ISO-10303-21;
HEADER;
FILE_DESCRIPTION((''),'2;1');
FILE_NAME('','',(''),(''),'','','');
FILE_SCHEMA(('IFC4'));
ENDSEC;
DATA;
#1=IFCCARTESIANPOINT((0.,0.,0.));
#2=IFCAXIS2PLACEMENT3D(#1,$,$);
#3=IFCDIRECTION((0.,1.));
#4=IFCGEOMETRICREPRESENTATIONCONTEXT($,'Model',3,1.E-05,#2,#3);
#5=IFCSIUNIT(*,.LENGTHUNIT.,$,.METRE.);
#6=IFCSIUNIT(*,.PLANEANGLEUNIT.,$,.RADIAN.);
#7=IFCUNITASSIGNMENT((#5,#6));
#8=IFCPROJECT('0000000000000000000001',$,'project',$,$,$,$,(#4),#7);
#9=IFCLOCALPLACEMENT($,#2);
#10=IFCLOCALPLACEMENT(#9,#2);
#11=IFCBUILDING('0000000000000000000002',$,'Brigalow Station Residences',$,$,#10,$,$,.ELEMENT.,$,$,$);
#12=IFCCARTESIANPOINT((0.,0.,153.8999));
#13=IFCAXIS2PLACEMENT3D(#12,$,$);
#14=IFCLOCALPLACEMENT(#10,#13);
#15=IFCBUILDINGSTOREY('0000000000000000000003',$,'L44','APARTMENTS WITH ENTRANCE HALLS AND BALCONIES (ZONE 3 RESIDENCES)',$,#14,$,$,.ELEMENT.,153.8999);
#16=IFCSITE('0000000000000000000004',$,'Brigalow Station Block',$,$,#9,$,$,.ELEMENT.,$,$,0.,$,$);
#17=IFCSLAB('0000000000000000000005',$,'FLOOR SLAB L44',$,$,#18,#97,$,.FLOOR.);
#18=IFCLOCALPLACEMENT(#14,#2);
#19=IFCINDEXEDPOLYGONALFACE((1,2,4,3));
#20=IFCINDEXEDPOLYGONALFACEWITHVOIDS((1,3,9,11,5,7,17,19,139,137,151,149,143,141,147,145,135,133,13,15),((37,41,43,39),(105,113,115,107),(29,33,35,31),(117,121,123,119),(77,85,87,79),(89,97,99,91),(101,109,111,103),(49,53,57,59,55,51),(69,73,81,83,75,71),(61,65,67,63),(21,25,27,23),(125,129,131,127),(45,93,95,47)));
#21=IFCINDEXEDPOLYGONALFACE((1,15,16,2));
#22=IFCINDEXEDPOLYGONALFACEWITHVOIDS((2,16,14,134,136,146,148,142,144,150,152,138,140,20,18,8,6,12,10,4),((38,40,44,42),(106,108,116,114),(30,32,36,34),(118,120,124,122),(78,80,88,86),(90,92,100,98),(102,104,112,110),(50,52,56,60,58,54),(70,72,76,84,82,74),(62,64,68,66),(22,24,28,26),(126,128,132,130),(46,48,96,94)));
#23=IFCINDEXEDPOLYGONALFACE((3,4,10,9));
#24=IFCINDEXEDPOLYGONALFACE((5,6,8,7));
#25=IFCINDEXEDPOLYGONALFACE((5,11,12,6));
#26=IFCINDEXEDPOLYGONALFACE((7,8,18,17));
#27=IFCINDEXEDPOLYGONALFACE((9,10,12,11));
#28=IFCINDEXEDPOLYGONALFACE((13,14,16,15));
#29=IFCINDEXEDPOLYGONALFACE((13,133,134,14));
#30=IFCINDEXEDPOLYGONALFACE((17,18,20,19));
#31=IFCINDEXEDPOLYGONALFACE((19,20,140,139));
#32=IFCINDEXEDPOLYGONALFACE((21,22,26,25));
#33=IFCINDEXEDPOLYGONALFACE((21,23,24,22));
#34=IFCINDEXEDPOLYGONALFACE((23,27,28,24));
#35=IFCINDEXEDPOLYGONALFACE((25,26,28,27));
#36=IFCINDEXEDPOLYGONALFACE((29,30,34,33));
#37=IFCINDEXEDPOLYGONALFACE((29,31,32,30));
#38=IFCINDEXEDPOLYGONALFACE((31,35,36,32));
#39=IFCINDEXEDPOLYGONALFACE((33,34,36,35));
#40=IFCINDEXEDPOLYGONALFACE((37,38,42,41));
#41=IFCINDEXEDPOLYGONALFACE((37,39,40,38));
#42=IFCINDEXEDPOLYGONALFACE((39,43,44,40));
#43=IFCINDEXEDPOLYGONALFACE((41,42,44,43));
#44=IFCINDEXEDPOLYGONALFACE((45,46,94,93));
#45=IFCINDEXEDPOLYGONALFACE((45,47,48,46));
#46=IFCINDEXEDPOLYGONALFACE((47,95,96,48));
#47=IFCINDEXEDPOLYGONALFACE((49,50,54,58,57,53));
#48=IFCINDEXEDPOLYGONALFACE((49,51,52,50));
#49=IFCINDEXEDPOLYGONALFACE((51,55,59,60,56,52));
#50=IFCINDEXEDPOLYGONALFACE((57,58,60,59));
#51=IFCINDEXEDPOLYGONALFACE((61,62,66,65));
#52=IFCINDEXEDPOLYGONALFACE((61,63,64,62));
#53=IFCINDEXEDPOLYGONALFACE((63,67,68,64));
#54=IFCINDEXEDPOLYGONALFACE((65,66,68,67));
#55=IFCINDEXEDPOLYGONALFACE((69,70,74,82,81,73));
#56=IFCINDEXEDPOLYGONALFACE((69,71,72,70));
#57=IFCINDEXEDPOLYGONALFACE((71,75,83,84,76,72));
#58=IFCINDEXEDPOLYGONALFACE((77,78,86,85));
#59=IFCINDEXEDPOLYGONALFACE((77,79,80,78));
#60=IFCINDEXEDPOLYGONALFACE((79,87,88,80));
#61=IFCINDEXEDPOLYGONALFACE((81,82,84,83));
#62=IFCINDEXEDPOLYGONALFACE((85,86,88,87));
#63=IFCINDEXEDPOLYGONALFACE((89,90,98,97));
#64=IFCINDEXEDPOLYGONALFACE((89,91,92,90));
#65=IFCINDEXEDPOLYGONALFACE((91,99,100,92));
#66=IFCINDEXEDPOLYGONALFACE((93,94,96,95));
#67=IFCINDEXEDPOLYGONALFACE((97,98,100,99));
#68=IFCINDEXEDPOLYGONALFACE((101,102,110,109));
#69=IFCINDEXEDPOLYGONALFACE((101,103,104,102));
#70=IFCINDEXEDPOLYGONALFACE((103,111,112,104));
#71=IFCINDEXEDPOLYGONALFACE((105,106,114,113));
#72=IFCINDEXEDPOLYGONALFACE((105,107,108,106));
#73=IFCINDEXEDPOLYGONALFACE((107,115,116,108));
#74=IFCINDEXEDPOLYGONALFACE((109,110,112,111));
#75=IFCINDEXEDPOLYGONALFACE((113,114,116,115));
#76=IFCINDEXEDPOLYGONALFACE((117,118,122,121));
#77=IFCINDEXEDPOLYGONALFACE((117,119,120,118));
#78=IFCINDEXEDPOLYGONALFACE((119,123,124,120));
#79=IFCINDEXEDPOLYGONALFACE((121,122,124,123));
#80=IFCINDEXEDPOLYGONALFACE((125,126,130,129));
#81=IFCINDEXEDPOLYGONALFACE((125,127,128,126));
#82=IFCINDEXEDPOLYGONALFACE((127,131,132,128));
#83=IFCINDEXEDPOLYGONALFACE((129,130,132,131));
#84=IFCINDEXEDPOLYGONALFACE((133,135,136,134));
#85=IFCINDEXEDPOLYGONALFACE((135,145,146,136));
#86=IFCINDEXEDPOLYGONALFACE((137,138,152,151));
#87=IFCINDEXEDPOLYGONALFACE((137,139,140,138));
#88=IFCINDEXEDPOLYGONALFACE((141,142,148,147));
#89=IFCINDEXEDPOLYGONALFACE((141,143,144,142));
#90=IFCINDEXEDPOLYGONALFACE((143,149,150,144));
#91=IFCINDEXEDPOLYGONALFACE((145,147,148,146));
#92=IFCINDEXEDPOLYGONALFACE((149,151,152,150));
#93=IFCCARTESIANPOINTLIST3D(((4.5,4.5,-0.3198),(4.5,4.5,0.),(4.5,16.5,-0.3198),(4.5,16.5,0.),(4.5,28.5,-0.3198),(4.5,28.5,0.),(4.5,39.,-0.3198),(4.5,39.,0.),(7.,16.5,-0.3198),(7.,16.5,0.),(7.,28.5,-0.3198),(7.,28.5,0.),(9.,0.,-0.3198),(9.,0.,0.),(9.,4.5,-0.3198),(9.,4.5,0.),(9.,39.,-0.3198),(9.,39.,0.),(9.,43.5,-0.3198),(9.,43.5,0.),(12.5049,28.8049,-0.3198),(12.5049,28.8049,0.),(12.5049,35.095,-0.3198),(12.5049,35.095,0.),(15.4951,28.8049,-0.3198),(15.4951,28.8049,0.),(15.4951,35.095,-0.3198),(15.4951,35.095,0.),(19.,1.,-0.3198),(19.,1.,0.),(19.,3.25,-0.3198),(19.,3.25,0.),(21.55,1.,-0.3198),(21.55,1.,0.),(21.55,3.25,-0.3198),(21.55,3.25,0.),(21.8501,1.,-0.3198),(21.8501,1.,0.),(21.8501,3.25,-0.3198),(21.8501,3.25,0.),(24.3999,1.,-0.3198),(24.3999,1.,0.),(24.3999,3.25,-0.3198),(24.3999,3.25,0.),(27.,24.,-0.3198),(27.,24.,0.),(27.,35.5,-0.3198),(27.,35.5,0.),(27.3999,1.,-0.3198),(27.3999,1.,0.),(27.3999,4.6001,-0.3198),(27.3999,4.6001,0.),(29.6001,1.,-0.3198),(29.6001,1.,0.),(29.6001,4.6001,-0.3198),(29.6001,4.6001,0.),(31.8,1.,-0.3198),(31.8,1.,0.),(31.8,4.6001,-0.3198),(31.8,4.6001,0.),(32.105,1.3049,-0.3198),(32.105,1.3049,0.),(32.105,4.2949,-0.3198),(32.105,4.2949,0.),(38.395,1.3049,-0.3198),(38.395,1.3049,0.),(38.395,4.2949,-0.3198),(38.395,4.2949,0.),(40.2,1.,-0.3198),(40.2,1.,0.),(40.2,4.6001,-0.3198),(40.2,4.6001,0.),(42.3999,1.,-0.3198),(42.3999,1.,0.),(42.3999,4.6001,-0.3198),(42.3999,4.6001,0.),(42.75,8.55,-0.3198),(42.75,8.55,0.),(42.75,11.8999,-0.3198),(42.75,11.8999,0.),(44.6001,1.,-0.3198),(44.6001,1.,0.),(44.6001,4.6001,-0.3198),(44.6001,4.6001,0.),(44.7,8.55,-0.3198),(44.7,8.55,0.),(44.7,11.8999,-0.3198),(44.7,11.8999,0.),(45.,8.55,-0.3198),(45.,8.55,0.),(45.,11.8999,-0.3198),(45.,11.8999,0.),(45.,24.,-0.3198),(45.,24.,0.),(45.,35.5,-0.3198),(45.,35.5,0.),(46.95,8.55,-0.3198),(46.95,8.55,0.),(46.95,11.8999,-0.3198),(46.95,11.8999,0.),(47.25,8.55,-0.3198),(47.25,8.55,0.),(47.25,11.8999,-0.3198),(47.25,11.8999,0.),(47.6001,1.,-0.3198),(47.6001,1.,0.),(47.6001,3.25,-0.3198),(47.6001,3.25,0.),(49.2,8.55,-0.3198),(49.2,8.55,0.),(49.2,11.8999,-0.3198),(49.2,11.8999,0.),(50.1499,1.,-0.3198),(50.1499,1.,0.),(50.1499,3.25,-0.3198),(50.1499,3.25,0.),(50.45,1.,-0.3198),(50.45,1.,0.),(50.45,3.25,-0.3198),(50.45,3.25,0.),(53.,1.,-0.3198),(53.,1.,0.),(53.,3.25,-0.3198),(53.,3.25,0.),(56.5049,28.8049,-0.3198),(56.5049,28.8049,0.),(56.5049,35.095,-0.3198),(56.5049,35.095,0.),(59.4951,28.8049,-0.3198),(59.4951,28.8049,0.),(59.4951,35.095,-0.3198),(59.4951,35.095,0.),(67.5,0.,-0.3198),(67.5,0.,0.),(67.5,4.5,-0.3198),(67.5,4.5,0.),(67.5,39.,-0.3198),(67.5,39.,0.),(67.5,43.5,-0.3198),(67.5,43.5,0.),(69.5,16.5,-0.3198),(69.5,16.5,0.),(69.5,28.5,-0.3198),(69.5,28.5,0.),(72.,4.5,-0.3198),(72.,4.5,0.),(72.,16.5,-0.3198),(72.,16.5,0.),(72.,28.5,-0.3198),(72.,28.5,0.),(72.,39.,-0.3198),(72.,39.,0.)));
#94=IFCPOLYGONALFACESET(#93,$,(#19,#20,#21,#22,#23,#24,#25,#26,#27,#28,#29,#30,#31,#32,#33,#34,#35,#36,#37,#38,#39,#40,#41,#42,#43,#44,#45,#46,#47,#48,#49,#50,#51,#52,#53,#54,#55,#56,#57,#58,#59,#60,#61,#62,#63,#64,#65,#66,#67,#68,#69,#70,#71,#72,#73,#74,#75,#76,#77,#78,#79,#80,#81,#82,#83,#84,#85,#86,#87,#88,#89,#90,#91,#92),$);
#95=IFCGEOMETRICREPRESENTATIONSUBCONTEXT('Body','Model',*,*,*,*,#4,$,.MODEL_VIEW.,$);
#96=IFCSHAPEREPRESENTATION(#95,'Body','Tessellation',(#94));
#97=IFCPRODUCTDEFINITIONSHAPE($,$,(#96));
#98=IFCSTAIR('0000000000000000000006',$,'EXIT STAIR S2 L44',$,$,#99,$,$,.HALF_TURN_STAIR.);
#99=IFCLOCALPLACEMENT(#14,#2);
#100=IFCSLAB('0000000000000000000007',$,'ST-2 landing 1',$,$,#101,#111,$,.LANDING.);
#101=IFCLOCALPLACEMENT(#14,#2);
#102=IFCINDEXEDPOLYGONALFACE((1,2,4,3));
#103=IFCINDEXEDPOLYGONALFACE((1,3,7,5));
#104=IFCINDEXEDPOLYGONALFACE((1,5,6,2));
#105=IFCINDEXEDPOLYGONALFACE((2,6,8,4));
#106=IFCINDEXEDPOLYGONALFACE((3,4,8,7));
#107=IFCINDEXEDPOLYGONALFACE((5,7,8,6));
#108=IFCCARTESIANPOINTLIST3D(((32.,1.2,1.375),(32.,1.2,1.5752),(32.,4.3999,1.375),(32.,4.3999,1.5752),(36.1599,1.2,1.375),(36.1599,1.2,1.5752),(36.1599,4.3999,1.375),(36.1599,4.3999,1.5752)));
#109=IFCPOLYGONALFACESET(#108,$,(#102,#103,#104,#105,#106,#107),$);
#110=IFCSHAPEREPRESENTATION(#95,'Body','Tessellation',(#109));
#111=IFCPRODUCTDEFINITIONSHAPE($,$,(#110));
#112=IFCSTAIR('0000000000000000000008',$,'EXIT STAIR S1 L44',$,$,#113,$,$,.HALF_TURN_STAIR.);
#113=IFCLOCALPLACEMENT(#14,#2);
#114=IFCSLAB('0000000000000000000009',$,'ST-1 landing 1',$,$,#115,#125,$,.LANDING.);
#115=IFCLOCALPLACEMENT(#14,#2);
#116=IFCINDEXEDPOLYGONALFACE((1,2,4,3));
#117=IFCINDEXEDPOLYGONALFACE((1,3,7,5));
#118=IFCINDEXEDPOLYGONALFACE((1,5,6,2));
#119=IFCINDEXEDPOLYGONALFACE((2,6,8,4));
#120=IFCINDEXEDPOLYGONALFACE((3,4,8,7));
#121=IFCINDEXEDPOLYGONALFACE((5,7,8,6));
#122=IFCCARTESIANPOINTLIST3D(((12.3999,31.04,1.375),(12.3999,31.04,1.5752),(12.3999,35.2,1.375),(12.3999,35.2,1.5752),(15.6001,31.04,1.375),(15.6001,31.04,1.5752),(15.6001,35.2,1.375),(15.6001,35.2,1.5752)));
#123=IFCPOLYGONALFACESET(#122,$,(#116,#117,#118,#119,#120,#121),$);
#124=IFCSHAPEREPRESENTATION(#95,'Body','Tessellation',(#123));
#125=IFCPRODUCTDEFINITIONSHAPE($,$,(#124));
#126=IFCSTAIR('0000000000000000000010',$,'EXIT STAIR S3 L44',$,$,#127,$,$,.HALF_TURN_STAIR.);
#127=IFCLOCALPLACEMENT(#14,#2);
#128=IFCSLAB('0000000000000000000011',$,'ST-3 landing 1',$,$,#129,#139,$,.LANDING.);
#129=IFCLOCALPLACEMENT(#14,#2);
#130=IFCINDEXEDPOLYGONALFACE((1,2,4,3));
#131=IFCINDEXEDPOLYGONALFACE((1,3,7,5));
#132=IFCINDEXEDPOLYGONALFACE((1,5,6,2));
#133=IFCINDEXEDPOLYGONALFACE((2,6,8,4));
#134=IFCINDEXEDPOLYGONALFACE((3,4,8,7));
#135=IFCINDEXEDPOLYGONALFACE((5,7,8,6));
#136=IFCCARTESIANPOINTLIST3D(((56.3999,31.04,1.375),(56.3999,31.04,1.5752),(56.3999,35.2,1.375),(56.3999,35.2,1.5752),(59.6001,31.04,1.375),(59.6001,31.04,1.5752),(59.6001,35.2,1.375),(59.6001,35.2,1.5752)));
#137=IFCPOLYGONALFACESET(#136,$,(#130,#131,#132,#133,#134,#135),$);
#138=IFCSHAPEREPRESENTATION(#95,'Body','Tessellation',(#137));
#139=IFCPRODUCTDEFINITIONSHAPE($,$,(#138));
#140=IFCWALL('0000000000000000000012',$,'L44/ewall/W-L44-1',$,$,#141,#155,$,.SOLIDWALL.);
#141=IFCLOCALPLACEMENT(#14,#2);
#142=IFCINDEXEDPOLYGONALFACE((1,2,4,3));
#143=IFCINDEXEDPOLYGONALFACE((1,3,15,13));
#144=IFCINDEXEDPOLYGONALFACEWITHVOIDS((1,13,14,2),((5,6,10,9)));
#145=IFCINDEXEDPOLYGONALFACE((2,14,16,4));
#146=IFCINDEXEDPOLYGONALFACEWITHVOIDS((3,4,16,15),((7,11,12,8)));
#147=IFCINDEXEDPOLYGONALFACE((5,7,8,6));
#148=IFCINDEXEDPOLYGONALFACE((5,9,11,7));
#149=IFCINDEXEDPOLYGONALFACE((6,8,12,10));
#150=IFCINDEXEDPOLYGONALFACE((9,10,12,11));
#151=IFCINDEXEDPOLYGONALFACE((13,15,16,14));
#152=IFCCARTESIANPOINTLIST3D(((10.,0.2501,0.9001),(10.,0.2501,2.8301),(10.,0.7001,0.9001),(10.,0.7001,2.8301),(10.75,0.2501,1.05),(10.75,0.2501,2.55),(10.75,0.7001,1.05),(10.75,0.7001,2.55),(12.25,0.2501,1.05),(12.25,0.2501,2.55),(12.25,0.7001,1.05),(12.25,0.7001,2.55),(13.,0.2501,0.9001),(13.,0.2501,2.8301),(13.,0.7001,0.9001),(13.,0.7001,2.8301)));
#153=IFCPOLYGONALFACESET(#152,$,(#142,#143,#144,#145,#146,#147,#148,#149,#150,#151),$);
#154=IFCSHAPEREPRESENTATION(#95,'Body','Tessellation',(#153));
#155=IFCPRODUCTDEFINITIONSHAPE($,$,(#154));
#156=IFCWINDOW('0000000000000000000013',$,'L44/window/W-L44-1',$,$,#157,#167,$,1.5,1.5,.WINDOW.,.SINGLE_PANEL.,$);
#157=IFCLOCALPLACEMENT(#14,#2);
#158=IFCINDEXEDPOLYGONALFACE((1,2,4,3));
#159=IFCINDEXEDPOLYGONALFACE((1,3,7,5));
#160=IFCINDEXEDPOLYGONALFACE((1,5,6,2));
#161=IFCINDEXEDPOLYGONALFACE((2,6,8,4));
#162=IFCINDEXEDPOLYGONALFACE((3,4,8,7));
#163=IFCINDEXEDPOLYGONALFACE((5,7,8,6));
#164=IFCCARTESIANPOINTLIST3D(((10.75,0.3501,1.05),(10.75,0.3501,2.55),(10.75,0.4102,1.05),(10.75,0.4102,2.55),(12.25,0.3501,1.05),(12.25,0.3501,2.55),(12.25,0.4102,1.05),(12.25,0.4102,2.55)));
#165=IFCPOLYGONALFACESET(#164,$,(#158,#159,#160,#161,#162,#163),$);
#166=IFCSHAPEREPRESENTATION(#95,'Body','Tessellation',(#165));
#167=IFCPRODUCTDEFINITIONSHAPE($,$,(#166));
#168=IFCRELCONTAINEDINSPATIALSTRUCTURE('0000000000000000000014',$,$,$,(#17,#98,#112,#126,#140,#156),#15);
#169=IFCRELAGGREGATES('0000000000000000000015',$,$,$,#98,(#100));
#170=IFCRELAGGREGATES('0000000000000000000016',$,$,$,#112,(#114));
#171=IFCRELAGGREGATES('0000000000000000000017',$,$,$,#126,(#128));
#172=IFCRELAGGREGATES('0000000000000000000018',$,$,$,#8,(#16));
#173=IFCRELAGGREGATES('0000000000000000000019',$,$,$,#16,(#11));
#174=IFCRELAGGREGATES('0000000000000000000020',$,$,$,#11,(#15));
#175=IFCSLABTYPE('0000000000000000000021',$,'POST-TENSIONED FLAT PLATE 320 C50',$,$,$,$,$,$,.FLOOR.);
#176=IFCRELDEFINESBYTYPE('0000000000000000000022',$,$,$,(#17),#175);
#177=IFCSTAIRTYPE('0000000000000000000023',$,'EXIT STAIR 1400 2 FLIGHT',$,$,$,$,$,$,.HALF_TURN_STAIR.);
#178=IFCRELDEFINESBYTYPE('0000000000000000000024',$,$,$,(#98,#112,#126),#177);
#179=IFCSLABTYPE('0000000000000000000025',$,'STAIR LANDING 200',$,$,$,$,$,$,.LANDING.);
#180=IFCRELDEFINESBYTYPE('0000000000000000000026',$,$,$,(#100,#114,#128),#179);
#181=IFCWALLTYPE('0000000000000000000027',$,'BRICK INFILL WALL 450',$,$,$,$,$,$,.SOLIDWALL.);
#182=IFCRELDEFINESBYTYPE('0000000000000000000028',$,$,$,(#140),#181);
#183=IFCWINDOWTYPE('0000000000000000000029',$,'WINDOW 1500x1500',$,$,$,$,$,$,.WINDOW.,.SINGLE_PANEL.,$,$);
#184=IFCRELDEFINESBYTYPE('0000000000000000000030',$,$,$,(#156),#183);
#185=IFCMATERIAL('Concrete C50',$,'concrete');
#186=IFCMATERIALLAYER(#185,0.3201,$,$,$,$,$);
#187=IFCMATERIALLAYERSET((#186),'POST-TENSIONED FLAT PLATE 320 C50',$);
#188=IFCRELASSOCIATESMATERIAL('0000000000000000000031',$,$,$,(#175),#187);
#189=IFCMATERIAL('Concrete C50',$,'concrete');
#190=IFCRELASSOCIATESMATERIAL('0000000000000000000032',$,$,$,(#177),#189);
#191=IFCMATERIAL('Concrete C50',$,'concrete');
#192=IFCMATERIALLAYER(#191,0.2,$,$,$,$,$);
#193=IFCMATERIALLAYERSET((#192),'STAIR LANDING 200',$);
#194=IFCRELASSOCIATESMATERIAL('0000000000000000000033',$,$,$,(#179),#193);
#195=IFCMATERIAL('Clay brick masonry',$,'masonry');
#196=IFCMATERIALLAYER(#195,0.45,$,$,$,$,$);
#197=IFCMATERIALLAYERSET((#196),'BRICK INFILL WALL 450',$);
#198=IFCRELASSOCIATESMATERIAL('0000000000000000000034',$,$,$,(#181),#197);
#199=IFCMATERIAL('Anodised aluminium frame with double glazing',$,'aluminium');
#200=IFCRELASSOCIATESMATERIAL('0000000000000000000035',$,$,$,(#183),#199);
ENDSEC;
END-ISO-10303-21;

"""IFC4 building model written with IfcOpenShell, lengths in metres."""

from ifc_helpers import new_model, si_unit, direction, frame, frame_2d, origin, place, context, subcontext, project, spatial, polyline, rectangle, outline, extrude, material, layer, layer_set, type_object, element, fill, aggregate, save


model = new_model("IFC4")

# Units and contexts
model_context = context("Model", 3, precision=1e-05, world=origin(), true_north=direction((0.0, 1.0)))
body_context = subcontext(model_context, "Body", "Model", "MODEL_VIEW")
ifc_project = project(units=[si_unit("LENGTHUNIT", "METRE"), si_unit("PLANEANGLEUNIT", "RADIAN")], contexts=[model_context])

# Site, building, storey
site_placement = place(None, origin())
site = spatial("IfcSite", under=ifc_project, at=site_placement, Name="Brigalow Station Block", CompositionType="ELEMENT", RefElevation=0.0)
building_placement = place(site_placement, origin())
building = spatial("IfcBuilding", under=site, at=building_placement, Name="Brigalow Station Residences", CompositionType="ELEMENT")
storey_placement = place(building_placement, frame((0.0, 0.0, 153.8999)))
storey = spatial("IfcBuildingStorey", under=building, at=storey_placement, Name="L44", Description="APARTMENTS WITH ENTRANCE HALLS AND BALCONIES (ZONE 3 RESIDENCES)", CompositionType="ELEMENT", Elevation=153.8999)

# Slab
ifc_material_1 = material(Name="Concrete C50", Category="concrete")
ifc_layer_1 = layer(ifc_material_1, 0.3201)
ifc_layer_set_1 = layer_set([ifc_layer_1], Name="POST-TENSIONED FLAT PLATE 320 C50")
slab_type_1 = type_object("IfcSlabType", Name="POST-TENSIONED FLAT PLATE 320 C50", PredefinedType="FLOOR", material=ifc_layer_set_1)
slab_1_placement = place(storey_placement, frame((0.0, 0.0, -0.3198)))
element("IfcSlab", 1, at=slab_1_placement, inside=storey, type_object=slab_type_1, Name="FLOOR SLAB L44", PredefinedType="FLOOR", context=body_context, shape_type="SweptSolid", body=[
    extrude(outline(polyline([(9.0, 0.0), (67.5, 0.0), (67.5, 4.5), (72.0, 4.5), (72.0, 16.5), (69.5, 16.5), (69.5, 28.5), (72.0, 28.5), (72.0, 39.0), (67.5, 39.0), (67.5, 43.5), (9.0, 43.5), (9.0, 39.0), (4.5, 39.0), (4.5, 28.5), (7.0, 28.5), (7.0, 16.5), (4.5, 16.5), (4.5, 4.5), (9.0, 4.5), (9.0, 0.0)]), holes=[polyline([(12.5049, 35.095), (15.4951, 35.095), (15.4951, 28.8049), (12.5049, 28.8049), (12.5049, 35.095)]), polyline([(19.0, 1.0), (19.0, 3.25), (21.55, 3.25), (21.55, 1.0), (19.0, 1.0)]), polyline([(21.8501, 3.25), (24.3999, 3.25), (24.3999, 1.0), (21.8501, 1.0), (21.8501, 3.25)]), polyline([(27.0, 35.5), (45.0, 35.5), (45.0, 24.0), (27.0, 24.0), (27.0, 35.5)]), polyline([(29.6001, 4.6001), (31.8, 4.6001), (31.8, 1.0), (29.6001, 1.0), (27.3999, 1.0), (27.3999, 4.6001), (29.6001, 4.6001)]), polyline([(32.105, 4.2949), (38.395, 4.2949), (38.395, 1.3049), (32.105, 1.3049), (32.105, 4.2949)]), polyline([(40.2, 4.6001), (42.3999, 4.6001), (44.6001, 4.6001), (44.6001, 1.0), (42.3999, 1.0), (40.2, 1.0), (40.2, 4.6001)]), polyline([(42.75, 11.8999), (44.7, 11.8999), (44.7, 8.55), (42.75, 8.55), (42.75, 11.8999)]), polyline([(45.0, 11.8999), (46.95, 11.8999), (46.95, 8.55), (45.0, 8.55), (45.0, 11.8999)]), polyline([(47.25, 11.8999), (49.2, 11.8999), (49.2, 8.55), (47.25, 8.55), (47.25, 11.8999)]), polyline([(47.6001, 3.25), (50.1499, 3.25), (50.1499, 1.0), (47.6001, 1.0), (47.6001, 3.25)]), polyline([(50.45, 3.25), (53.0, 3.25), (53.0, 1.0), (50.45, 1.0), (50.45, 3.25)]), polyline([(56.5049, 35.095), (59.4951, 35.095), (59.4951, 28.8049), (56.5049, 28.8049), (56.5049, 35.095)])]), origin(), (0.0, 0.0, 1.0), 0.3198),
])

# Stairs, slabs
ifc_material_2 = material(Name="Concrete C50", Category="concrete")
stair_type = type_object("IfcStairType", Name="EXIT STAIR 1400 2 FLIGHT", PredefinedType="HALF_TURN_STAIR", material=ifc_material_2)
stair_1_placement = place(storey_placement, origin())
stair_1 = element("IfcStair", 2, at=stair_1_placement, inside=storey, type_object=stair_type, Name="EXIT STAIR S2 L44", PredefinedType="HALF_TURN_STAIR")
ifc_material_3 = material(Name="Concrete C50", Category="concrete")
ifc_layer_2 = layer(ifc_material_3, 0.2)
ifc_layer_set_2 = layer_set([ifc_layer_2], Name="STAIR LANDING 200")
slab_type_2 = type_object("IfcSlabType", Name="STAIR LANDING 200", PredefinedType="LANDING", material=ifc_layer_set_2)
slab_2_placement = place(storey_placement, frame((0.0, 0.0, 1.375)))
slab_2 = element("IfcSlab", 3, at=slab_2_placement, type_object=slab_type_2, Name="ST-2 landing 1", PredefinedType="LANDING", context=body_context, shape_type="SweptSolid", body=[
    extrude(outline(polyline([(32.0, 1.2), (36.1599, 1.2), (36.1599, 4.3999), (32.0, 4.3999), (32.0, 1.2)])), origin(), (0.0, 0.0, 1.0), 0.2002),
])
aggregate(stair_1, [slab_2])
stair_2_placement = place(storey_placement, origin())
stair_2 = element("IfcStair", 4, at=stair_2_placement, inside=storey, type_object=stair_type, Name="EXIT STAIR S1 L44", PredefinedType="HALF_TURN_STAIR")
slab_3_placement = place(storey_placement, frame((0.0, 0.0, 1.375)))
slab_3 = element("IfcSlab", 5, at=slab_3_placement, type_object=slab_type_2, Name="ST-1 landing 1", PredefinedType="LANDING", context=body_context, shape_type="SweptSolid", body=[
    extrude(outline(polyline([(12.3999, 31.04), (15.6001, 31.04), (15.6001, 35.2), (12.3999, 35.2), (12.3999, 31.04)])), origin(), (0.0, 0.0, 1.0), 0.2002),
])
aggregate(stair_2, [slab_3])
stair_3_placement = place(storey_placement, origin())
stair_3 = element("IfcStair", 6, at=stair_3_placement, inside=storey, type_object=stair_type, Name="EXIT STAIR S3 L44", PredefinedType="HALF_TURN_STAIR")
slab_4_placement = place(storey_placement, frame((0.0, 0.0, 1.375)))
slab_4 = element("IfcSlab", 7, at=slab_4_placement, type_object=slab_type_2, Name="ST-3 landing 1", PredefinedType="LANDING", context=body_context, shape_type="SweptSolid", body=[
    extrude(outline(polyline([(56.3999, 31.04), (59.6001, 31.04), (59.6001, 35.2), (56.3999, 35.2), (56.3999, 31.04)])), origin(), (0.0, 0.0, 1.0), 0.2002),
])
aggregate(stair_3, [slab_4])

# Wall, opening, window
ifc_material_4 = material(Name="Clay brick masonry", Category="masonry")
ifc_layer_3 = layer(ifc_material_4, 0.45)
ifc_layer_set_3 = layer_set([ifc_layer_3], Name="BRICK INFILL WALL 450")
wall_type_1 = type_object("IfcWallType", Name="BRICK INFILL WALL 450", PredefinedType="SOLIDWALL", material=ifc_layer_set_3)
wall_1_placement = place(storey_placement, frame((10.0, 0.4751, 0.9001), z_axis=(0.0, 0.0, 1.0), x_axis=(1.0, 0.0, 0.0)))
wall_1 = element("IfcWall", 8, at=wall_1_placement, inside=storey, type_object=wall_type_1, Name="L44/ewall/W-L44-1", PredefinedType="SOLIDWALL", context=body_context, shape_type="SweptSolid", body=[
    extrude(rectangle(XDim=3.0, YDim=0.45, at=frame_2d((1.5, 0.0))), origin(), (0.0, 0.0, 1.0), 1.9299),
])
opening_1_placement = place(wall_1_placement, frame((0.75, 0.0, 0.1499)))
opening_1 = element("IfcOpeningElement", 9, at=opening_1_placement, cuts=wall_1, PredefinedType="OPENING", context=body_context, shape_type="SweptSolid", body=[
    extrude(rectangle(XDim=1.5, YDim=1.5, at=frame_2d((0.75, 0.75))), frame((0.0, 0.2349, 0.0), z_axis=(0.0, -1.0, 0.0), x_axis=(1.0, 0.0, 0.0)), (0.0, 0.0, 1.0), 0.47),
])
ifc_material_5 = material(Name="Anodised aluminium frame with double glazing", Category="aluminium")
window_type_1 = type_object("IfcWindowType", Name="WINDOW 1500x1500", PartitioningType="SINGLE_PANEL", PredefinedType="WINDOW", material=ifc_material_5)
window_1_placement = place(opening_1_placement, origin())
window_1 = element("IfcWindow", 10, at=window_1_placement, inside=storey, type_object=window_type_1, Name="L44/window/W-L44-1", OverallHeight=1.5, OverallWidth=1.5, PartitioningType="SINGLE_PANEL", PredefinedType="WINDOW", context=body_context, shape_type="SweptSolid", body=[
    extrude(rectangle(XDim=1.5, YDim=1.5, at=frame_2d((0.75, 0.75))), frame((0.0, -0.0649, 0.0), z_axis=(0.0, -1.0, 0.0), x_axis=(1.0, 0.0, 0.0)), (0.0, 0.0, 1.0), 0.0601),
])
fill(opening_1, window_1)

save(model, "model.ifc")
